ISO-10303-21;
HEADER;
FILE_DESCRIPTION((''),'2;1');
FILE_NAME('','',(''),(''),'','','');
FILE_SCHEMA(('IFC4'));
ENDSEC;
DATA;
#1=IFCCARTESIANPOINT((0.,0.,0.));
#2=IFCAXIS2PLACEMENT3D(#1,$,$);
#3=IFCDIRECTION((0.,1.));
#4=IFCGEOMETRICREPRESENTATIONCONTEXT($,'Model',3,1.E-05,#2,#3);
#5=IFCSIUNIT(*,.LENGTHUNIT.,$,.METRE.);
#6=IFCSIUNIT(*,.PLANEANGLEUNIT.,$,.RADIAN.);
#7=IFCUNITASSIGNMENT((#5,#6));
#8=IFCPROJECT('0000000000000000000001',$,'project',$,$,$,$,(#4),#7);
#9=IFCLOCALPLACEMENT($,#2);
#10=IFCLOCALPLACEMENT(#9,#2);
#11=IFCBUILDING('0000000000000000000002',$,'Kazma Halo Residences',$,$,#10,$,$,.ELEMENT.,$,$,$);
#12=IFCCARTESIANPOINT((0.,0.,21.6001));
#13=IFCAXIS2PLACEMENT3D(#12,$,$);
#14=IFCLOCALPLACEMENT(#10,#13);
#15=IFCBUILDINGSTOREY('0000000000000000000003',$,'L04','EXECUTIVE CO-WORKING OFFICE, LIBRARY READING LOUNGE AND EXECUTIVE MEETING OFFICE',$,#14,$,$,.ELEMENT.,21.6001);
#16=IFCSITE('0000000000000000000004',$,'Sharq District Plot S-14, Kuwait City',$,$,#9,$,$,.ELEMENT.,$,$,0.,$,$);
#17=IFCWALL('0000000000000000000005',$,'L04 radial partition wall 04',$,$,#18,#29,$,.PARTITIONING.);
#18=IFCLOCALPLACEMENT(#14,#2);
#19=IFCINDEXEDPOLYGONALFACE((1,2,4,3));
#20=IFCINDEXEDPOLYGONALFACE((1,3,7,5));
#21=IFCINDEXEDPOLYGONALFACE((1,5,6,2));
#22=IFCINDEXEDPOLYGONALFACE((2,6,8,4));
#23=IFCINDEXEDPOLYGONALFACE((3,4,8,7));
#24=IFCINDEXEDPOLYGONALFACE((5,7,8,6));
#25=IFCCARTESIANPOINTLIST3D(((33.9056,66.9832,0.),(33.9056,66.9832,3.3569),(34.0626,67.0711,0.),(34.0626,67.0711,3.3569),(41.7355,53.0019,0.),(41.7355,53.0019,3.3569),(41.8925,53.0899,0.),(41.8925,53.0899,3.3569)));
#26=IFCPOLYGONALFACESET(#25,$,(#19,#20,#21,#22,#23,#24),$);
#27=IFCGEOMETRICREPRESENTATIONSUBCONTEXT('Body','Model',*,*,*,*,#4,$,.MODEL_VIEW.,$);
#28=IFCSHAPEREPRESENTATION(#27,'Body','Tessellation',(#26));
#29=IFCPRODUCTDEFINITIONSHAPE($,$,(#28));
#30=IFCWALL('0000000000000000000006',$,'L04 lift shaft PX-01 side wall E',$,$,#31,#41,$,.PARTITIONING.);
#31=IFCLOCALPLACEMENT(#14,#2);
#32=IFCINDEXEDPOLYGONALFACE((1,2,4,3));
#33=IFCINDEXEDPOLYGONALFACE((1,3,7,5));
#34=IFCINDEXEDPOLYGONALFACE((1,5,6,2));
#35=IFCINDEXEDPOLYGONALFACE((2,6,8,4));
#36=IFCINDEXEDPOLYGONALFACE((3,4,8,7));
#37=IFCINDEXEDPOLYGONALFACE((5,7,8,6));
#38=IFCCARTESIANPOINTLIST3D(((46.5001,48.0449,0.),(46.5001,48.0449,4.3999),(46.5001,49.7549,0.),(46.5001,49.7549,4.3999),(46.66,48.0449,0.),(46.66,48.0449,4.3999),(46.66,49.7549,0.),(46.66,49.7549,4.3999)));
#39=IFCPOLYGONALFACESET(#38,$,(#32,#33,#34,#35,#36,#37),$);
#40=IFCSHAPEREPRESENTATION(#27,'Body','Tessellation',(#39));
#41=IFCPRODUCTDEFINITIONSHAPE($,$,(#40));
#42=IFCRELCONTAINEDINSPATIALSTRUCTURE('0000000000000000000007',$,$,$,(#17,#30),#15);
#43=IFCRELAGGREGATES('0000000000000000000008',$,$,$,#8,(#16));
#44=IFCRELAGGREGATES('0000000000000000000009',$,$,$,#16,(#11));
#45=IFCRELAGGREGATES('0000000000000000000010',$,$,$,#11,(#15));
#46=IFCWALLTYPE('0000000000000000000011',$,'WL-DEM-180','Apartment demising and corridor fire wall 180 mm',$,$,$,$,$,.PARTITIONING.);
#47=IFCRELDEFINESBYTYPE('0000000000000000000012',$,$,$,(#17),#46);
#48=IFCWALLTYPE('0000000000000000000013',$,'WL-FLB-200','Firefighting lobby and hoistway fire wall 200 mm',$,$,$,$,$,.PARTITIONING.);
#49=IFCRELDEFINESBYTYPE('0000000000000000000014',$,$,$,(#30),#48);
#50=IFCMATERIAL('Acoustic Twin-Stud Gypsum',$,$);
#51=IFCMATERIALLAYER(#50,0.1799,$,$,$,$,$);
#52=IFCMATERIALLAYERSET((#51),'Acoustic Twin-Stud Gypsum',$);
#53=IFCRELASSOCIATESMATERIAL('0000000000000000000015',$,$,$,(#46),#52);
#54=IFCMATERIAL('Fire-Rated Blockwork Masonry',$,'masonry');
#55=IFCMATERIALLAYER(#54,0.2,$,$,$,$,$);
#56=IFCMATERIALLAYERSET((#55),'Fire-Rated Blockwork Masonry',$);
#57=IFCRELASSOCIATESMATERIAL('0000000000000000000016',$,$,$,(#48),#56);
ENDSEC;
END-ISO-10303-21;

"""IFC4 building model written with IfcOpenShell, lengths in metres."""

from ifc_helpers import new_model, si_unit, direction, frame, frame_2d, origin, place, context, subcontext, project, spatial, rectangle, extrude, material, layer, layer_set, type_object, element, save


model = new_model("IFC4")

# Units and contexts
model_context = context("Model", 3, precision=1e-05, world=origin(), true_north=direction((0.0, 1.0)))
body_context = subcontext(model_context, "Body", "Model", "MODEL_VIEW")
ifc_project = project(units=[si_unit("LENGTHUNIT", "METRE"), si_unit("PLANEANGLEUNIT", "RADIAN")], contexts=[model_context])

# Site, building, storey
site_placement = place(None, origin())
site = spatial("IfcSite", under=ifc_project, at=site_placement, Name="Sharq District Plot S-14, Kuwait City", CompositionType="ELEMENT", RefElevation=0.0)
building_placement = place(site_placement, origin())
building = spatial("IfcBuilding", under=site, at=building_placement, Name="Kazma Halo Residences", CompositionType="ELEMENT")
storey_placement = place(building_placement, frame((0.0, 0.0, 21.6001)))
storey = spatial("IfcBuildingStorey", under=building, at=storey_placement, Name="L04", Description="EXECUTIVE CO-WORKING OFFICE, LIBRARY READING LOUNGE AND EXECUTIVE MEETING OFFICE", CompositionType="ELEMENT", Elevation=21.6001)

# Wall
ifc_material_1 = material(Name="Acoustic Twin-Stud Gypsum")
ifc_layer_1 = layer(ifc_material_1, 0.1799)
ifc_layer_set_1 = layer_set([ifc_layer_1], Name="Acoustic Twin-Stud Gypsum")
wall_type_1 = type_object("IfcWallType", Name="WL-DEM-180", Description="Apartment demising and corridor fire wall 180 mm", PredefinedType="PARTITIONING", material=ifc_layer_set_1)
wall_1_placement = place(storey_placement, frame((41.814, 53.0459, 0.0), z_axis=(0.0, 0.0, 1.0), x_axis=(-0.488621, 0.872496, 0.0)))
element("IfcWall", 1, at=wall_1_placement, inside=storey, type_object=wall_type_1, Name="L04 radial partition wall 04", PredefinedType="PARTITIONING", context=body_context, shape_type="SweptSolid", body=[
    extrude(rectangle(XDim=16.0244, YDim=0.1799, at=frame_2d((8.0122, 0.0))), origin(), (0.0, 0.0, 1.0), 3.3569),
])

# Wall
ifc_material_2 = material(Name="Fire-Rated Blockwork Masonry", Category="masonry")
ifc_layer_2 = layer(ifc_material_2, 0.2)
ifc_layer_set_2 = layer_set([ifc_layer_2], Name="Fire-Rated Blockwork Masonry")
wall_type_2 = type_object("IfcWallType", Name="WL-FLB-200", Description="Firefighting lobby and hoistway fire wall 200 mm", PredefinedType="PARTITIONING", material=ifc_layer_set_2)
wall_2_placement = place(storey_placement, frame((46.5801, 48.0449, 0.0), z_axis=(0.0, 0.0, 1.0), x_axis=(0.0, 1.0, 0.0)))
element("IfcWall", 2, at=wall_2_placement, inside=storey, type_object=wall_type_2, Name="L04 lift shaft PX-01 side wall E", PredefinedType="PARTITIONING", context=body_context, shape_type="SweptSolid", body=[
    extrude(rectangle(XDim=1.71, YDim=0.1599, at=frame_2d((0.855, 0.0))), origin(), (0.0, 0.0, 1.0), 4.3999),
])

save(model, "model.ifc")
